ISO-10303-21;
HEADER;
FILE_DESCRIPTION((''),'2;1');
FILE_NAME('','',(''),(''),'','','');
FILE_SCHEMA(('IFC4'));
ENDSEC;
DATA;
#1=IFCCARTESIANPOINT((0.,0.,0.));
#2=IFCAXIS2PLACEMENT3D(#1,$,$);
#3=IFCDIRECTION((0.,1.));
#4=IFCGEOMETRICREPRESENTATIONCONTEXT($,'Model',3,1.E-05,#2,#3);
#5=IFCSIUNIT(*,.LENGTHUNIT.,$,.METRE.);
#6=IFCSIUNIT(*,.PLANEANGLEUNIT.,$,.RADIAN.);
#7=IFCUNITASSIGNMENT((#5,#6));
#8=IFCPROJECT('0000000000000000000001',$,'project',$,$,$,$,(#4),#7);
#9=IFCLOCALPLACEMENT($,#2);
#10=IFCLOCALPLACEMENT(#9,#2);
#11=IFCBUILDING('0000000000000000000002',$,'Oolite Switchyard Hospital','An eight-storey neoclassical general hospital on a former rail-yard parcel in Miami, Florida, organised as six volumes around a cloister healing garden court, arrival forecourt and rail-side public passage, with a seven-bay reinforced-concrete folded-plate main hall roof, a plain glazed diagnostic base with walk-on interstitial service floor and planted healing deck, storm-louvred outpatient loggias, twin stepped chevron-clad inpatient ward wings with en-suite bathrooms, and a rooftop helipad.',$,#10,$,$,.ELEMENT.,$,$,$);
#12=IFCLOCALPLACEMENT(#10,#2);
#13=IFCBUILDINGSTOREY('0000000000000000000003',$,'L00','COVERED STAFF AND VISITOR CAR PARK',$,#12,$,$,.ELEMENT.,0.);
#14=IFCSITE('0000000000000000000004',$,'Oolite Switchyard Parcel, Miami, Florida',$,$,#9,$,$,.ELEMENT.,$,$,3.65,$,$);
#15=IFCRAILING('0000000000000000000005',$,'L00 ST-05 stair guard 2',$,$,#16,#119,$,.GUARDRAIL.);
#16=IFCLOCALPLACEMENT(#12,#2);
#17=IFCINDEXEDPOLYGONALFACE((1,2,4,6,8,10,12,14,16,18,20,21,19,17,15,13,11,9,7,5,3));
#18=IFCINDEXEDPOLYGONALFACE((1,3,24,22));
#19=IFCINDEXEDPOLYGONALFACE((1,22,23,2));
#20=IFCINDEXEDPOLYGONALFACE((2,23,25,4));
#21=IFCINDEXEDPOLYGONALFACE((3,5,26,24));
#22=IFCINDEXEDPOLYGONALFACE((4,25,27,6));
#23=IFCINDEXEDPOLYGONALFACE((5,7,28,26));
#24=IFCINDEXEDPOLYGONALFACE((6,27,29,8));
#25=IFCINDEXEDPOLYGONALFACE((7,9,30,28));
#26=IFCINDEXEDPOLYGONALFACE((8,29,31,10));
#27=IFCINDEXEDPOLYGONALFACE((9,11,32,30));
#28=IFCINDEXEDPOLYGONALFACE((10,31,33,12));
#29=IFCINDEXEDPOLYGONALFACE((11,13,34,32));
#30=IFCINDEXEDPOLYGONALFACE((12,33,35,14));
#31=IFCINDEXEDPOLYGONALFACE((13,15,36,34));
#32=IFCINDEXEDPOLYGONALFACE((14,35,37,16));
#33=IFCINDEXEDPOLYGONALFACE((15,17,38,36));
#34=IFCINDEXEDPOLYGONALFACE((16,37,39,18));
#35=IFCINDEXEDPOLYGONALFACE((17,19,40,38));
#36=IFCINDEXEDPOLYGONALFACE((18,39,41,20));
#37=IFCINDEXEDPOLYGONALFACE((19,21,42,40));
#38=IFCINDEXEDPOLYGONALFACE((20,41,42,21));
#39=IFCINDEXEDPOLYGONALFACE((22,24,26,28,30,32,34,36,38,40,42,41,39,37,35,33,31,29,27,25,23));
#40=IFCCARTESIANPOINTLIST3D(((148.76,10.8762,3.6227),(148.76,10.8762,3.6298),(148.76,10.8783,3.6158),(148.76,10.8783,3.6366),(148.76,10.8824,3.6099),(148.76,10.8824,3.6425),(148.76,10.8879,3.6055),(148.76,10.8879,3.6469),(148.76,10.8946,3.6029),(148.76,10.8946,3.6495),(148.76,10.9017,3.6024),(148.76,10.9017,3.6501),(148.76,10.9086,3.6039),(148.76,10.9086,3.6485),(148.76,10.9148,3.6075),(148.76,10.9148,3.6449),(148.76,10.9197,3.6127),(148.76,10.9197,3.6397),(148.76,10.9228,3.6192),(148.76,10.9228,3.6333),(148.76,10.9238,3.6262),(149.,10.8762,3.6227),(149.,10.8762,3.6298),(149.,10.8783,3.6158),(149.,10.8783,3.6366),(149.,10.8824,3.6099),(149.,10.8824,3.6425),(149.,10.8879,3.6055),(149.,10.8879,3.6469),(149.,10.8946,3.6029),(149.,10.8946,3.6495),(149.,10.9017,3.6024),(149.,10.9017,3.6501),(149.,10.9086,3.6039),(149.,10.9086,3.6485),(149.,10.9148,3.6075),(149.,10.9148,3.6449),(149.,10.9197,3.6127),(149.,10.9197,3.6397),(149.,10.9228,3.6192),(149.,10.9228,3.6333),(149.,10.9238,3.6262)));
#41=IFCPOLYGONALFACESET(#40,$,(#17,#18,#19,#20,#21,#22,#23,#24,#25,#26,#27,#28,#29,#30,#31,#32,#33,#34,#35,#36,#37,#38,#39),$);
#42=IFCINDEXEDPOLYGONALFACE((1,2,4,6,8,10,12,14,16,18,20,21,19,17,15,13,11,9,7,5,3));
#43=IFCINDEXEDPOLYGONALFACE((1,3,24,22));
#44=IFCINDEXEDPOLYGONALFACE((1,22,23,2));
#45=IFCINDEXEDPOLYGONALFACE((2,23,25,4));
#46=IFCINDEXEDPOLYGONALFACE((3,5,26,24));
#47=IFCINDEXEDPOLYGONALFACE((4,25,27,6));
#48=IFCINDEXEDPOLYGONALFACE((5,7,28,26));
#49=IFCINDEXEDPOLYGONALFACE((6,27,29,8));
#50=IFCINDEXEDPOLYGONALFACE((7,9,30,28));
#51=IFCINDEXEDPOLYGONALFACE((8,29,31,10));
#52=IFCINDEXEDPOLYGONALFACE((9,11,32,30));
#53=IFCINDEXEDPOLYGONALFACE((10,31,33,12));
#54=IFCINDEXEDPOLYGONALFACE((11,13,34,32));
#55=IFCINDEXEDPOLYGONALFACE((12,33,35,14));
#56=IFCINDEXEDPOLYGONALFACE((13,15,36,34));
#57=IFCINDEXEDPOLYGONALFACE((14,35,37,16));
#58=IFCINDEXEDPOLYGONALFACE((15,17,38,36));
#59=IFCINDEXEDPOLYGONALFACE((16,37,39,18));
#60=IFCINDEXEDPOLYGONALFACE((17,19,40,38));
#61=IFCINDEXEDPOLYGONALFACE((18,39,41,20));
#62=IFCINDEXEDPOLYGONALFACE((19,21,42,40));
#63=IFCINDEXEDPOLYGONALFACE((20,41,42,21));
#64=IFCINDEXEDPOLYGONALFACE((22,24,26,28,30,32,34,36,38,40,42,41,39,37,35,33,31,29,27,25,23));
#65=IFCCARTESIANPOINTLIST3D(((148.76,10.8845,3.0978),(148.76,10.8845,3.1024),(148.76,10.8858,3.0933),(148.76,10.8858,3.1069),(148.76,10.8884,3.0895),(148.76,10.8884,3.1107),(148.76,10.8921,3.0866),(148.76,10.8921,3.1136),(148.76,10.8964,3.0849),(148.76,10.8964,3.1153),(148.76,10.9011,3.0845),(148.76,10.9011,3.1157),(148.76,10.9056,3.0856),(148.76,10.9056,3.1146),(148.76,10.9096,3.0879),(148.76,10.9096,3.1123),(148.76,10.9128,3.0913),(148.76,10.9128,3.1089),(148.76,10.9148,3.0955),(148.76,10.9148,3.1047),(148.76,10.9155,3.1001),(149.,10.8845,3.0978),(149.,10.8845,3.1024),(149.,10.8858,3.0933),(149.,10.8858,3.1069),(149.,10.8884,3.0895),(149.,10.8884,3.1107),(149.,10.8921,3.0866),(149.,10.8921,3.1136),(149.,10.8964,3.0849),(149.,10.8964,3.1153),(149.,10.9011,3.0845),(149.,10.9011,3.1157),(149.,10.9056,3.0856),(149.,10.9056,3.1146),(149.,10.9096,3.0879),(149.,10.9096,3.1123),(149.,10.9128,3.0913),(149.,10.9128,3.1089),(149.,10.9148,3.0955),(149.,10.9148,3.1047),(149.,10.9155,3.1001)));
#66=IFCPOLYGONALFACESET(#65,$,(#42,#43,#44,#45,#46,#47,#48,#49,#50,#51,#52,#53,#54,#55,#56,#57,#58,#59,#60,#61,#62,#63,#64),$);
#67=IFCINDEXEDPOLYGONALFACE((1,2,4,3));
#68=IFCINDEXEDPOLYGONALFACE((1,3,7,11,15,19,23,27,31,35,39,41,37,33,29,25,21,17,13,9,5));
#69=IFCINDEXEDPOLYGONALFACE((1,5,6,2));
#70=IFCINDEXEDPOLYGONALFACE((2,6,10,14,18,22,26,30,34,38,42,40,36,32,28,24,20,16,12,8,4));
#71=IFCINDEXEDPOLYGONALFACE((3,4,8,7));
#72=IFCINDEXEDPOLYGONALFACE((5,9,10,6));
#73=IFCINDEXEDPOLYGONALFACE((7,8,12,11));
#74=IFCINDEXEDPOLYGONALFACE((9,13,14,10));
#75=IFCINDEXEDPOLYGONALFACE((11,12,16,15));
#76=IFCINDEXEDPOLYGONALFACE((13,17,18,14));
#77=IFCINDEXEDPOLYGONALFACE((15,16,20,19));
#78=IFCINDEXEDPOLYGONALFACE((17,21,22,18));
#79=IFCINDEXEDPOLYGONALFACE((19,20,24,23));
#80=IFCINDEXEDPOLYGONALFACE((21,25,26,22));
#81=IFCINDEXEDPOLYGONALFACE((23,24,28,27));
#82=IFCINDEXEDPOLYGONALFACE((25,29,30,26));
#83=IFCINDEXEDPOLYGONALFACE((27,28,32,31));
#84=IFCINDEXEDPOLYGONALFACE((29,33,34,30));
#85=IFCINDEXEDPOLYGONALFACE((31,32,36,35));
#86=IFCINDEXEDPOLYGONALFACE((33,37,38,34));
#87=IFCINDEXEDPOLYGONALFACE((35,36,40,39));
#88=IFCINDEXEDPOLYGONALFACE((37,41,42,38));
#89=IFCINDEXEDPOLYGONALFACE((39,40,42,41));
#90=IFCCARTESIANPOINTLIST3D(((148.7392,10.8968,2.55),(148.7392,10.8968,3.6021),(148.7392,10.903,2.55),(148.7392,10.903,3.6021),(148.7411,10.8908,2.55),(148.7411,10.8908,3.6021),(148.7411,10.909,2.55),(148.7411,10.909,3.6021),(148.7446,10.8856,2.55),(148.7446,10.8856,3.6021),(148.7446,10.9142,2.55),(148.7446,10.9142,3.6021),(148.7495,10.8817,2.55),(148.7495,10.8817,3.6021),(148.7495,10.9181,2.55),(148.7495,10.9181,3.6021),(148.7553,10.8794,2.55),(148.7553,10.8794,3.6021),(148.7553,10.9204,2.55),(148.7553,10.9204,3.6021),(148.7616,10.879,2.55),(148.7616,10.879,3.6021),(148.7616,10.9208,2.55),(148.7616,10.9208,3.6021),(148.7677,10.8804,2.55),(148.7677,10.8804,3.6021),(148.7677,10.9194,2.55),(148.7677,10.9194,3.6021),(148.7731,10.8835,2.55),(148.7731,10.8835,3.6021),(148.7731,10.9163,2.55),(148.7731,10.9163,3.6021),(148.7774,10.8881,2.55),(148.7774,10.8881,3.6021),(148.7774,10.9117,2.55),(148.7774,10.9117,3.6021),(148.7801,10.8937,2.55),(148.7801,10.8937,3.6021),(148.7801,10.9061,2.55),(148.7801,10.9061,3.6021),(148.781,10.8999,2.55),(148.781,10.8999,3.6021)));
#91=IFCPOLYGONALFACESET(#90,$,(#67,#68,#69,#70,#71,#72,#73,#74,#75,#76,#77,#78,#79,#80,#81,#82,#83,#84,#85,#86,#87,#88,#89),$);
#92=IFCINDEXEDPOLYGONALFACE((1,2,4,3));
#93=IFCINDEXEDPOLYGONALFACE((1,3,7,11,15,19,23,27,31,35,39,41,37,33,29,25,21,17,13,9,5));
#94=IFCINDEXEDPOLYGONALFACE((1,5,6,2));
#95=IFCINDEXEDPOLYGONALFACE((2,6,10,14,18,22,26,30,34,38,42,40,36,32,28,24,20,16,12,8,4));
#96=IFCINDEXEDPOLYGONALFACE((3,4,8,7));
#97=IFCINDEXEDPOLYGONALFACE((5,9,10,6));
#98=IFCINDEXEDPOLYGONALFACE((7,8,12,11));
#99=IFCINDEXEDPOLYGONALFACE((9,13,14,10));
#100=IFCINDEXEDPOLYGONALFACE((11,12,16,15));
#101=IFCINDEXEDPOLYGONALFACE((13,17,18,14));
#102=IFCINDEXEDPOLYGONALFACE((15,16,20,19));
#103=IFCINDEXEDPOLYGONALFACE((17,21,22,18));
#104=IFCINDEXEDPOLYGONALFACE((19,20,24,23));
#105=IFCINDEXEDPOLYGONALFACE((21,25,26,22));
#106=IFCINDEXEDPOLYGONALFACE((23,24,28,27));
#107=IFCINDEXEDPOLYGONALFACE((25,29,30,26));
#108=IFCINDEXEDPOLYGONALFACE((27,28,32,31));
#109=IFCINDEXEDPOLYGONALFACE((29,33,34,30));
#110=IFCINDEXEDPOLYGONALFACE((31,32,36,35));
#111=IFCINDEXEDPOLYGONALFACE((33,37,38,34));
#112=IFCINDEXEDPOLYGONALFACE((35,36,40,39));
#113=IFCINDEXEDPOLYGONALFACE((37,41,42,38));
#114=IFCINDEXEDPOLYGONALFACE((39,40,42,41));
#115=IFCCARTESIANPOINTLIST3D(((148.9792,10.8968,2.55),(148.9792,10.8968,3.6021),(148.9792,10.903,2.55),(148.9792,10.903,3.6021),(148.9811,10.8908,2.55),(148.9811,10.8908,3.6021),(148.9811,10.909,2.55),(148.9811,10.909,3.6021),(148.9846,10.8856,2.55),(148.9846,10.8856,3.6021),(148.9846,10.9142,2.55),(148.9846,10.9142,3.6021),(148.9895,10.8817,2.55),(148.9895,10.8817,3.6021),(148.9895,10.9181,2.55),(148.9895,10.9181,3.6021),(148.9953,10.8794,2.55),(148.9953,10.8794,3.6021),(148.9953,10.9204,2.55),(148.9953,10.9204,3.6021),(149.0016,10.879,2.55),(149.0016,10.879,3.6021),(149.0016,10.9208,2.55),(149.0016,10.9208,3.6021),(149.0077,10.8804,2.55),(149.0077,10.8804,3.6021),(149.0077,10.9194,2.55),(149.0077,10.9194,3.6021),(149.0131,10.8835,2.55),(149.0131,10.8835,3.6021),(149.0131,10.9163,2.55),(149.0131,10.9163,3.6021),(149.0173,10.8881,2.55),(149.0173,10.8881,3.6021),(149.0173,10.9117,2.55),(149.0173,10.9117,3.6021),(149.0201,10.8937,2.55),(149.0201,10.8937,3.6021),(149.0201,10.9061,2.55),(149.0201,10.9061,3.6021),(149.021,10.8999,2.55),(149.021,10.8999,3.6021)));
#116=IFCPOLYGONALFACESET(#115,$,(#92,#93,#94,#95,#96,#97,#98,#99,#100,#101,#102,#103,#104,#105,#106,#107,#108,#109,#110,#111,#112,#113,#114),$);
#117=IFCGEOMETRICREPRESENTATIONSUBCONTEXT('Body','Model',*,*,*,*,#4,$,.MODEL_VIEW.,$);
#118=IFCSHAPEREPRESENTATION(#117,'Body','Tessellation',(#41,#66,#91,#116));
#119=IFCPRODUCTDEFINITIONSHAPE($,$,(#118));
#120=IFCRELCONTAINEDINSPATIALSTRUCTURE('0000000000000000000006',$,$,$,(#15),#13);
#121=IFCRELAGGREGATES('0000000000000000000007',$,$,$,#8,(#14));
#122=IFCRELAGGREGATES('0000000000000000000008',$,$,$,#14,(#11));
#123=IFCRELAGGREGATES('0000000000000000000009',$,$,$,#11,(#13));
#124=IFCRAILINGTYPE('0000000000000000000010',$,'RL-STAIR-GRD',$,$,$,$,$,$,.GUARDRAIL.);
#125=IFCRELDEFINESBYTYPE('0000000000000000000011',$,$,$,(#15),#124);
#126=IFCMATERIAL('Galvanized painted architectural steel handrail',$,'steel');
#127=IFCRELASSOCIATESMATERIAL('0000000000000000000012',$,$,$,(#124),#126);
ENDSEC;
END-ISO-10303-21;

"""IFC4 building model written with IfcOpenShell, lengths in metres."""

from ifc_helpers import new_model, si_unit, direction, frame, origin, origin_2d, place, context, subcontext, project, spatial, circle, extrude, material, type_object, element, save


model = new_model("IFC4")

# Units and contexts
model_context = context("Model", 3, precision=1e-05, world=origin(), true_north=direction((0.0, 1.0)))
body_context = subcontext(model_context, "Body", "Model", "MODEL_VIEW")
ifc_project = project(units=[si_unit("LENGTHUNIT", "METRE"), si_unit("PLANEANGLEUNIT", "RADIAN")], contexts=[model_context])

# Site, building, storey
site_placement = place(None, origin())
site = spatial("IfcSite", under=ifc_project, at=site_placement, Name="Oolite Switchyard Parcel, Miami, Florida", CompositionType="ELEMENT", RefElevation=3.65)
building_placement = place(site_placement, origin())
building = spatial("IfcBuilding", under=site, at=building_placement, Name="Oolite Switchyard Hospital", Description="An eight-storey neoclassical general hospital on a former rail-yard parcel in Miami, Florida, organised as six volumes around a cloister healing garden court, arrival forecourt and rail-side public passage, with a seven-bay reinforced-concrete folded-plate main hall roof, a plain glazed diagnostic base with walk-on interstitial service floor and planted healing deck, storm-louvred outpatient loggias, twin stepped chevron-clad inpatient ward wings with en-suite bathrooms, and a rooftop helipad.", CompositionType="ELEMENT")
storey_placement = place(building_placement, origin())
storey = spatial("IfcBuildingStorey", under=building, at=storey_placement, Name="L00", Description="COVERED STAFF AND VISITOR CAR PARK", CompositionType="ELEMENT", Elevation=0.0)

# Railing
ifc_material_1 = material(Name="Galvanized painted architectural steel handrail", Category="steel")
railing_type_1 = type_object("IfcRailingType", Name="RL-STAIR-GRD", PredefinedType="GUARDRAIL", material=ifc_material_1)
railing_1_placement = place(storey_placement, frame((148.76, 10.8999, 2.55)))
element("IfcRailing", 1, at=railing_1_placement, inside=storey, type_object=railing_type_1, Name="L00 ST-05 stair guard 2", PredefinedType="GUARDRAIL", context=body_context, shape_type="SweptSolid", body=[
    extrude(circle(Radius=0.0239, at=origin_2d()), frame((0.0, 0.0, 1.0762), z_axis=(1.0, 0.0, 0.0), x_axis=(0.0, 1.0, 0.0)), (0.0, 0.0, 1.0), 0.24),
    extrude(circle(Radius=0.0156, at=origin_2d()), frame((0.0, 0.0, 0.55), z_axis=(1.0, 0.0, 0.0), x_axis=(0.0, 1.0, 0.0)), (0.0, 0.0, 1.0), 0.24),
    extrude(circle(Radius=0.021, at=origin_2d()), origin(), (0.0, 0.0, 1.0), 1.052),
    extrude(circle(Radius=0.021, at=origin_2d()), frame((0.24, 0.0, 0.0)), (0.0, 0.0, 1.0), 1.052),
])

save(model, "model.ifc")
